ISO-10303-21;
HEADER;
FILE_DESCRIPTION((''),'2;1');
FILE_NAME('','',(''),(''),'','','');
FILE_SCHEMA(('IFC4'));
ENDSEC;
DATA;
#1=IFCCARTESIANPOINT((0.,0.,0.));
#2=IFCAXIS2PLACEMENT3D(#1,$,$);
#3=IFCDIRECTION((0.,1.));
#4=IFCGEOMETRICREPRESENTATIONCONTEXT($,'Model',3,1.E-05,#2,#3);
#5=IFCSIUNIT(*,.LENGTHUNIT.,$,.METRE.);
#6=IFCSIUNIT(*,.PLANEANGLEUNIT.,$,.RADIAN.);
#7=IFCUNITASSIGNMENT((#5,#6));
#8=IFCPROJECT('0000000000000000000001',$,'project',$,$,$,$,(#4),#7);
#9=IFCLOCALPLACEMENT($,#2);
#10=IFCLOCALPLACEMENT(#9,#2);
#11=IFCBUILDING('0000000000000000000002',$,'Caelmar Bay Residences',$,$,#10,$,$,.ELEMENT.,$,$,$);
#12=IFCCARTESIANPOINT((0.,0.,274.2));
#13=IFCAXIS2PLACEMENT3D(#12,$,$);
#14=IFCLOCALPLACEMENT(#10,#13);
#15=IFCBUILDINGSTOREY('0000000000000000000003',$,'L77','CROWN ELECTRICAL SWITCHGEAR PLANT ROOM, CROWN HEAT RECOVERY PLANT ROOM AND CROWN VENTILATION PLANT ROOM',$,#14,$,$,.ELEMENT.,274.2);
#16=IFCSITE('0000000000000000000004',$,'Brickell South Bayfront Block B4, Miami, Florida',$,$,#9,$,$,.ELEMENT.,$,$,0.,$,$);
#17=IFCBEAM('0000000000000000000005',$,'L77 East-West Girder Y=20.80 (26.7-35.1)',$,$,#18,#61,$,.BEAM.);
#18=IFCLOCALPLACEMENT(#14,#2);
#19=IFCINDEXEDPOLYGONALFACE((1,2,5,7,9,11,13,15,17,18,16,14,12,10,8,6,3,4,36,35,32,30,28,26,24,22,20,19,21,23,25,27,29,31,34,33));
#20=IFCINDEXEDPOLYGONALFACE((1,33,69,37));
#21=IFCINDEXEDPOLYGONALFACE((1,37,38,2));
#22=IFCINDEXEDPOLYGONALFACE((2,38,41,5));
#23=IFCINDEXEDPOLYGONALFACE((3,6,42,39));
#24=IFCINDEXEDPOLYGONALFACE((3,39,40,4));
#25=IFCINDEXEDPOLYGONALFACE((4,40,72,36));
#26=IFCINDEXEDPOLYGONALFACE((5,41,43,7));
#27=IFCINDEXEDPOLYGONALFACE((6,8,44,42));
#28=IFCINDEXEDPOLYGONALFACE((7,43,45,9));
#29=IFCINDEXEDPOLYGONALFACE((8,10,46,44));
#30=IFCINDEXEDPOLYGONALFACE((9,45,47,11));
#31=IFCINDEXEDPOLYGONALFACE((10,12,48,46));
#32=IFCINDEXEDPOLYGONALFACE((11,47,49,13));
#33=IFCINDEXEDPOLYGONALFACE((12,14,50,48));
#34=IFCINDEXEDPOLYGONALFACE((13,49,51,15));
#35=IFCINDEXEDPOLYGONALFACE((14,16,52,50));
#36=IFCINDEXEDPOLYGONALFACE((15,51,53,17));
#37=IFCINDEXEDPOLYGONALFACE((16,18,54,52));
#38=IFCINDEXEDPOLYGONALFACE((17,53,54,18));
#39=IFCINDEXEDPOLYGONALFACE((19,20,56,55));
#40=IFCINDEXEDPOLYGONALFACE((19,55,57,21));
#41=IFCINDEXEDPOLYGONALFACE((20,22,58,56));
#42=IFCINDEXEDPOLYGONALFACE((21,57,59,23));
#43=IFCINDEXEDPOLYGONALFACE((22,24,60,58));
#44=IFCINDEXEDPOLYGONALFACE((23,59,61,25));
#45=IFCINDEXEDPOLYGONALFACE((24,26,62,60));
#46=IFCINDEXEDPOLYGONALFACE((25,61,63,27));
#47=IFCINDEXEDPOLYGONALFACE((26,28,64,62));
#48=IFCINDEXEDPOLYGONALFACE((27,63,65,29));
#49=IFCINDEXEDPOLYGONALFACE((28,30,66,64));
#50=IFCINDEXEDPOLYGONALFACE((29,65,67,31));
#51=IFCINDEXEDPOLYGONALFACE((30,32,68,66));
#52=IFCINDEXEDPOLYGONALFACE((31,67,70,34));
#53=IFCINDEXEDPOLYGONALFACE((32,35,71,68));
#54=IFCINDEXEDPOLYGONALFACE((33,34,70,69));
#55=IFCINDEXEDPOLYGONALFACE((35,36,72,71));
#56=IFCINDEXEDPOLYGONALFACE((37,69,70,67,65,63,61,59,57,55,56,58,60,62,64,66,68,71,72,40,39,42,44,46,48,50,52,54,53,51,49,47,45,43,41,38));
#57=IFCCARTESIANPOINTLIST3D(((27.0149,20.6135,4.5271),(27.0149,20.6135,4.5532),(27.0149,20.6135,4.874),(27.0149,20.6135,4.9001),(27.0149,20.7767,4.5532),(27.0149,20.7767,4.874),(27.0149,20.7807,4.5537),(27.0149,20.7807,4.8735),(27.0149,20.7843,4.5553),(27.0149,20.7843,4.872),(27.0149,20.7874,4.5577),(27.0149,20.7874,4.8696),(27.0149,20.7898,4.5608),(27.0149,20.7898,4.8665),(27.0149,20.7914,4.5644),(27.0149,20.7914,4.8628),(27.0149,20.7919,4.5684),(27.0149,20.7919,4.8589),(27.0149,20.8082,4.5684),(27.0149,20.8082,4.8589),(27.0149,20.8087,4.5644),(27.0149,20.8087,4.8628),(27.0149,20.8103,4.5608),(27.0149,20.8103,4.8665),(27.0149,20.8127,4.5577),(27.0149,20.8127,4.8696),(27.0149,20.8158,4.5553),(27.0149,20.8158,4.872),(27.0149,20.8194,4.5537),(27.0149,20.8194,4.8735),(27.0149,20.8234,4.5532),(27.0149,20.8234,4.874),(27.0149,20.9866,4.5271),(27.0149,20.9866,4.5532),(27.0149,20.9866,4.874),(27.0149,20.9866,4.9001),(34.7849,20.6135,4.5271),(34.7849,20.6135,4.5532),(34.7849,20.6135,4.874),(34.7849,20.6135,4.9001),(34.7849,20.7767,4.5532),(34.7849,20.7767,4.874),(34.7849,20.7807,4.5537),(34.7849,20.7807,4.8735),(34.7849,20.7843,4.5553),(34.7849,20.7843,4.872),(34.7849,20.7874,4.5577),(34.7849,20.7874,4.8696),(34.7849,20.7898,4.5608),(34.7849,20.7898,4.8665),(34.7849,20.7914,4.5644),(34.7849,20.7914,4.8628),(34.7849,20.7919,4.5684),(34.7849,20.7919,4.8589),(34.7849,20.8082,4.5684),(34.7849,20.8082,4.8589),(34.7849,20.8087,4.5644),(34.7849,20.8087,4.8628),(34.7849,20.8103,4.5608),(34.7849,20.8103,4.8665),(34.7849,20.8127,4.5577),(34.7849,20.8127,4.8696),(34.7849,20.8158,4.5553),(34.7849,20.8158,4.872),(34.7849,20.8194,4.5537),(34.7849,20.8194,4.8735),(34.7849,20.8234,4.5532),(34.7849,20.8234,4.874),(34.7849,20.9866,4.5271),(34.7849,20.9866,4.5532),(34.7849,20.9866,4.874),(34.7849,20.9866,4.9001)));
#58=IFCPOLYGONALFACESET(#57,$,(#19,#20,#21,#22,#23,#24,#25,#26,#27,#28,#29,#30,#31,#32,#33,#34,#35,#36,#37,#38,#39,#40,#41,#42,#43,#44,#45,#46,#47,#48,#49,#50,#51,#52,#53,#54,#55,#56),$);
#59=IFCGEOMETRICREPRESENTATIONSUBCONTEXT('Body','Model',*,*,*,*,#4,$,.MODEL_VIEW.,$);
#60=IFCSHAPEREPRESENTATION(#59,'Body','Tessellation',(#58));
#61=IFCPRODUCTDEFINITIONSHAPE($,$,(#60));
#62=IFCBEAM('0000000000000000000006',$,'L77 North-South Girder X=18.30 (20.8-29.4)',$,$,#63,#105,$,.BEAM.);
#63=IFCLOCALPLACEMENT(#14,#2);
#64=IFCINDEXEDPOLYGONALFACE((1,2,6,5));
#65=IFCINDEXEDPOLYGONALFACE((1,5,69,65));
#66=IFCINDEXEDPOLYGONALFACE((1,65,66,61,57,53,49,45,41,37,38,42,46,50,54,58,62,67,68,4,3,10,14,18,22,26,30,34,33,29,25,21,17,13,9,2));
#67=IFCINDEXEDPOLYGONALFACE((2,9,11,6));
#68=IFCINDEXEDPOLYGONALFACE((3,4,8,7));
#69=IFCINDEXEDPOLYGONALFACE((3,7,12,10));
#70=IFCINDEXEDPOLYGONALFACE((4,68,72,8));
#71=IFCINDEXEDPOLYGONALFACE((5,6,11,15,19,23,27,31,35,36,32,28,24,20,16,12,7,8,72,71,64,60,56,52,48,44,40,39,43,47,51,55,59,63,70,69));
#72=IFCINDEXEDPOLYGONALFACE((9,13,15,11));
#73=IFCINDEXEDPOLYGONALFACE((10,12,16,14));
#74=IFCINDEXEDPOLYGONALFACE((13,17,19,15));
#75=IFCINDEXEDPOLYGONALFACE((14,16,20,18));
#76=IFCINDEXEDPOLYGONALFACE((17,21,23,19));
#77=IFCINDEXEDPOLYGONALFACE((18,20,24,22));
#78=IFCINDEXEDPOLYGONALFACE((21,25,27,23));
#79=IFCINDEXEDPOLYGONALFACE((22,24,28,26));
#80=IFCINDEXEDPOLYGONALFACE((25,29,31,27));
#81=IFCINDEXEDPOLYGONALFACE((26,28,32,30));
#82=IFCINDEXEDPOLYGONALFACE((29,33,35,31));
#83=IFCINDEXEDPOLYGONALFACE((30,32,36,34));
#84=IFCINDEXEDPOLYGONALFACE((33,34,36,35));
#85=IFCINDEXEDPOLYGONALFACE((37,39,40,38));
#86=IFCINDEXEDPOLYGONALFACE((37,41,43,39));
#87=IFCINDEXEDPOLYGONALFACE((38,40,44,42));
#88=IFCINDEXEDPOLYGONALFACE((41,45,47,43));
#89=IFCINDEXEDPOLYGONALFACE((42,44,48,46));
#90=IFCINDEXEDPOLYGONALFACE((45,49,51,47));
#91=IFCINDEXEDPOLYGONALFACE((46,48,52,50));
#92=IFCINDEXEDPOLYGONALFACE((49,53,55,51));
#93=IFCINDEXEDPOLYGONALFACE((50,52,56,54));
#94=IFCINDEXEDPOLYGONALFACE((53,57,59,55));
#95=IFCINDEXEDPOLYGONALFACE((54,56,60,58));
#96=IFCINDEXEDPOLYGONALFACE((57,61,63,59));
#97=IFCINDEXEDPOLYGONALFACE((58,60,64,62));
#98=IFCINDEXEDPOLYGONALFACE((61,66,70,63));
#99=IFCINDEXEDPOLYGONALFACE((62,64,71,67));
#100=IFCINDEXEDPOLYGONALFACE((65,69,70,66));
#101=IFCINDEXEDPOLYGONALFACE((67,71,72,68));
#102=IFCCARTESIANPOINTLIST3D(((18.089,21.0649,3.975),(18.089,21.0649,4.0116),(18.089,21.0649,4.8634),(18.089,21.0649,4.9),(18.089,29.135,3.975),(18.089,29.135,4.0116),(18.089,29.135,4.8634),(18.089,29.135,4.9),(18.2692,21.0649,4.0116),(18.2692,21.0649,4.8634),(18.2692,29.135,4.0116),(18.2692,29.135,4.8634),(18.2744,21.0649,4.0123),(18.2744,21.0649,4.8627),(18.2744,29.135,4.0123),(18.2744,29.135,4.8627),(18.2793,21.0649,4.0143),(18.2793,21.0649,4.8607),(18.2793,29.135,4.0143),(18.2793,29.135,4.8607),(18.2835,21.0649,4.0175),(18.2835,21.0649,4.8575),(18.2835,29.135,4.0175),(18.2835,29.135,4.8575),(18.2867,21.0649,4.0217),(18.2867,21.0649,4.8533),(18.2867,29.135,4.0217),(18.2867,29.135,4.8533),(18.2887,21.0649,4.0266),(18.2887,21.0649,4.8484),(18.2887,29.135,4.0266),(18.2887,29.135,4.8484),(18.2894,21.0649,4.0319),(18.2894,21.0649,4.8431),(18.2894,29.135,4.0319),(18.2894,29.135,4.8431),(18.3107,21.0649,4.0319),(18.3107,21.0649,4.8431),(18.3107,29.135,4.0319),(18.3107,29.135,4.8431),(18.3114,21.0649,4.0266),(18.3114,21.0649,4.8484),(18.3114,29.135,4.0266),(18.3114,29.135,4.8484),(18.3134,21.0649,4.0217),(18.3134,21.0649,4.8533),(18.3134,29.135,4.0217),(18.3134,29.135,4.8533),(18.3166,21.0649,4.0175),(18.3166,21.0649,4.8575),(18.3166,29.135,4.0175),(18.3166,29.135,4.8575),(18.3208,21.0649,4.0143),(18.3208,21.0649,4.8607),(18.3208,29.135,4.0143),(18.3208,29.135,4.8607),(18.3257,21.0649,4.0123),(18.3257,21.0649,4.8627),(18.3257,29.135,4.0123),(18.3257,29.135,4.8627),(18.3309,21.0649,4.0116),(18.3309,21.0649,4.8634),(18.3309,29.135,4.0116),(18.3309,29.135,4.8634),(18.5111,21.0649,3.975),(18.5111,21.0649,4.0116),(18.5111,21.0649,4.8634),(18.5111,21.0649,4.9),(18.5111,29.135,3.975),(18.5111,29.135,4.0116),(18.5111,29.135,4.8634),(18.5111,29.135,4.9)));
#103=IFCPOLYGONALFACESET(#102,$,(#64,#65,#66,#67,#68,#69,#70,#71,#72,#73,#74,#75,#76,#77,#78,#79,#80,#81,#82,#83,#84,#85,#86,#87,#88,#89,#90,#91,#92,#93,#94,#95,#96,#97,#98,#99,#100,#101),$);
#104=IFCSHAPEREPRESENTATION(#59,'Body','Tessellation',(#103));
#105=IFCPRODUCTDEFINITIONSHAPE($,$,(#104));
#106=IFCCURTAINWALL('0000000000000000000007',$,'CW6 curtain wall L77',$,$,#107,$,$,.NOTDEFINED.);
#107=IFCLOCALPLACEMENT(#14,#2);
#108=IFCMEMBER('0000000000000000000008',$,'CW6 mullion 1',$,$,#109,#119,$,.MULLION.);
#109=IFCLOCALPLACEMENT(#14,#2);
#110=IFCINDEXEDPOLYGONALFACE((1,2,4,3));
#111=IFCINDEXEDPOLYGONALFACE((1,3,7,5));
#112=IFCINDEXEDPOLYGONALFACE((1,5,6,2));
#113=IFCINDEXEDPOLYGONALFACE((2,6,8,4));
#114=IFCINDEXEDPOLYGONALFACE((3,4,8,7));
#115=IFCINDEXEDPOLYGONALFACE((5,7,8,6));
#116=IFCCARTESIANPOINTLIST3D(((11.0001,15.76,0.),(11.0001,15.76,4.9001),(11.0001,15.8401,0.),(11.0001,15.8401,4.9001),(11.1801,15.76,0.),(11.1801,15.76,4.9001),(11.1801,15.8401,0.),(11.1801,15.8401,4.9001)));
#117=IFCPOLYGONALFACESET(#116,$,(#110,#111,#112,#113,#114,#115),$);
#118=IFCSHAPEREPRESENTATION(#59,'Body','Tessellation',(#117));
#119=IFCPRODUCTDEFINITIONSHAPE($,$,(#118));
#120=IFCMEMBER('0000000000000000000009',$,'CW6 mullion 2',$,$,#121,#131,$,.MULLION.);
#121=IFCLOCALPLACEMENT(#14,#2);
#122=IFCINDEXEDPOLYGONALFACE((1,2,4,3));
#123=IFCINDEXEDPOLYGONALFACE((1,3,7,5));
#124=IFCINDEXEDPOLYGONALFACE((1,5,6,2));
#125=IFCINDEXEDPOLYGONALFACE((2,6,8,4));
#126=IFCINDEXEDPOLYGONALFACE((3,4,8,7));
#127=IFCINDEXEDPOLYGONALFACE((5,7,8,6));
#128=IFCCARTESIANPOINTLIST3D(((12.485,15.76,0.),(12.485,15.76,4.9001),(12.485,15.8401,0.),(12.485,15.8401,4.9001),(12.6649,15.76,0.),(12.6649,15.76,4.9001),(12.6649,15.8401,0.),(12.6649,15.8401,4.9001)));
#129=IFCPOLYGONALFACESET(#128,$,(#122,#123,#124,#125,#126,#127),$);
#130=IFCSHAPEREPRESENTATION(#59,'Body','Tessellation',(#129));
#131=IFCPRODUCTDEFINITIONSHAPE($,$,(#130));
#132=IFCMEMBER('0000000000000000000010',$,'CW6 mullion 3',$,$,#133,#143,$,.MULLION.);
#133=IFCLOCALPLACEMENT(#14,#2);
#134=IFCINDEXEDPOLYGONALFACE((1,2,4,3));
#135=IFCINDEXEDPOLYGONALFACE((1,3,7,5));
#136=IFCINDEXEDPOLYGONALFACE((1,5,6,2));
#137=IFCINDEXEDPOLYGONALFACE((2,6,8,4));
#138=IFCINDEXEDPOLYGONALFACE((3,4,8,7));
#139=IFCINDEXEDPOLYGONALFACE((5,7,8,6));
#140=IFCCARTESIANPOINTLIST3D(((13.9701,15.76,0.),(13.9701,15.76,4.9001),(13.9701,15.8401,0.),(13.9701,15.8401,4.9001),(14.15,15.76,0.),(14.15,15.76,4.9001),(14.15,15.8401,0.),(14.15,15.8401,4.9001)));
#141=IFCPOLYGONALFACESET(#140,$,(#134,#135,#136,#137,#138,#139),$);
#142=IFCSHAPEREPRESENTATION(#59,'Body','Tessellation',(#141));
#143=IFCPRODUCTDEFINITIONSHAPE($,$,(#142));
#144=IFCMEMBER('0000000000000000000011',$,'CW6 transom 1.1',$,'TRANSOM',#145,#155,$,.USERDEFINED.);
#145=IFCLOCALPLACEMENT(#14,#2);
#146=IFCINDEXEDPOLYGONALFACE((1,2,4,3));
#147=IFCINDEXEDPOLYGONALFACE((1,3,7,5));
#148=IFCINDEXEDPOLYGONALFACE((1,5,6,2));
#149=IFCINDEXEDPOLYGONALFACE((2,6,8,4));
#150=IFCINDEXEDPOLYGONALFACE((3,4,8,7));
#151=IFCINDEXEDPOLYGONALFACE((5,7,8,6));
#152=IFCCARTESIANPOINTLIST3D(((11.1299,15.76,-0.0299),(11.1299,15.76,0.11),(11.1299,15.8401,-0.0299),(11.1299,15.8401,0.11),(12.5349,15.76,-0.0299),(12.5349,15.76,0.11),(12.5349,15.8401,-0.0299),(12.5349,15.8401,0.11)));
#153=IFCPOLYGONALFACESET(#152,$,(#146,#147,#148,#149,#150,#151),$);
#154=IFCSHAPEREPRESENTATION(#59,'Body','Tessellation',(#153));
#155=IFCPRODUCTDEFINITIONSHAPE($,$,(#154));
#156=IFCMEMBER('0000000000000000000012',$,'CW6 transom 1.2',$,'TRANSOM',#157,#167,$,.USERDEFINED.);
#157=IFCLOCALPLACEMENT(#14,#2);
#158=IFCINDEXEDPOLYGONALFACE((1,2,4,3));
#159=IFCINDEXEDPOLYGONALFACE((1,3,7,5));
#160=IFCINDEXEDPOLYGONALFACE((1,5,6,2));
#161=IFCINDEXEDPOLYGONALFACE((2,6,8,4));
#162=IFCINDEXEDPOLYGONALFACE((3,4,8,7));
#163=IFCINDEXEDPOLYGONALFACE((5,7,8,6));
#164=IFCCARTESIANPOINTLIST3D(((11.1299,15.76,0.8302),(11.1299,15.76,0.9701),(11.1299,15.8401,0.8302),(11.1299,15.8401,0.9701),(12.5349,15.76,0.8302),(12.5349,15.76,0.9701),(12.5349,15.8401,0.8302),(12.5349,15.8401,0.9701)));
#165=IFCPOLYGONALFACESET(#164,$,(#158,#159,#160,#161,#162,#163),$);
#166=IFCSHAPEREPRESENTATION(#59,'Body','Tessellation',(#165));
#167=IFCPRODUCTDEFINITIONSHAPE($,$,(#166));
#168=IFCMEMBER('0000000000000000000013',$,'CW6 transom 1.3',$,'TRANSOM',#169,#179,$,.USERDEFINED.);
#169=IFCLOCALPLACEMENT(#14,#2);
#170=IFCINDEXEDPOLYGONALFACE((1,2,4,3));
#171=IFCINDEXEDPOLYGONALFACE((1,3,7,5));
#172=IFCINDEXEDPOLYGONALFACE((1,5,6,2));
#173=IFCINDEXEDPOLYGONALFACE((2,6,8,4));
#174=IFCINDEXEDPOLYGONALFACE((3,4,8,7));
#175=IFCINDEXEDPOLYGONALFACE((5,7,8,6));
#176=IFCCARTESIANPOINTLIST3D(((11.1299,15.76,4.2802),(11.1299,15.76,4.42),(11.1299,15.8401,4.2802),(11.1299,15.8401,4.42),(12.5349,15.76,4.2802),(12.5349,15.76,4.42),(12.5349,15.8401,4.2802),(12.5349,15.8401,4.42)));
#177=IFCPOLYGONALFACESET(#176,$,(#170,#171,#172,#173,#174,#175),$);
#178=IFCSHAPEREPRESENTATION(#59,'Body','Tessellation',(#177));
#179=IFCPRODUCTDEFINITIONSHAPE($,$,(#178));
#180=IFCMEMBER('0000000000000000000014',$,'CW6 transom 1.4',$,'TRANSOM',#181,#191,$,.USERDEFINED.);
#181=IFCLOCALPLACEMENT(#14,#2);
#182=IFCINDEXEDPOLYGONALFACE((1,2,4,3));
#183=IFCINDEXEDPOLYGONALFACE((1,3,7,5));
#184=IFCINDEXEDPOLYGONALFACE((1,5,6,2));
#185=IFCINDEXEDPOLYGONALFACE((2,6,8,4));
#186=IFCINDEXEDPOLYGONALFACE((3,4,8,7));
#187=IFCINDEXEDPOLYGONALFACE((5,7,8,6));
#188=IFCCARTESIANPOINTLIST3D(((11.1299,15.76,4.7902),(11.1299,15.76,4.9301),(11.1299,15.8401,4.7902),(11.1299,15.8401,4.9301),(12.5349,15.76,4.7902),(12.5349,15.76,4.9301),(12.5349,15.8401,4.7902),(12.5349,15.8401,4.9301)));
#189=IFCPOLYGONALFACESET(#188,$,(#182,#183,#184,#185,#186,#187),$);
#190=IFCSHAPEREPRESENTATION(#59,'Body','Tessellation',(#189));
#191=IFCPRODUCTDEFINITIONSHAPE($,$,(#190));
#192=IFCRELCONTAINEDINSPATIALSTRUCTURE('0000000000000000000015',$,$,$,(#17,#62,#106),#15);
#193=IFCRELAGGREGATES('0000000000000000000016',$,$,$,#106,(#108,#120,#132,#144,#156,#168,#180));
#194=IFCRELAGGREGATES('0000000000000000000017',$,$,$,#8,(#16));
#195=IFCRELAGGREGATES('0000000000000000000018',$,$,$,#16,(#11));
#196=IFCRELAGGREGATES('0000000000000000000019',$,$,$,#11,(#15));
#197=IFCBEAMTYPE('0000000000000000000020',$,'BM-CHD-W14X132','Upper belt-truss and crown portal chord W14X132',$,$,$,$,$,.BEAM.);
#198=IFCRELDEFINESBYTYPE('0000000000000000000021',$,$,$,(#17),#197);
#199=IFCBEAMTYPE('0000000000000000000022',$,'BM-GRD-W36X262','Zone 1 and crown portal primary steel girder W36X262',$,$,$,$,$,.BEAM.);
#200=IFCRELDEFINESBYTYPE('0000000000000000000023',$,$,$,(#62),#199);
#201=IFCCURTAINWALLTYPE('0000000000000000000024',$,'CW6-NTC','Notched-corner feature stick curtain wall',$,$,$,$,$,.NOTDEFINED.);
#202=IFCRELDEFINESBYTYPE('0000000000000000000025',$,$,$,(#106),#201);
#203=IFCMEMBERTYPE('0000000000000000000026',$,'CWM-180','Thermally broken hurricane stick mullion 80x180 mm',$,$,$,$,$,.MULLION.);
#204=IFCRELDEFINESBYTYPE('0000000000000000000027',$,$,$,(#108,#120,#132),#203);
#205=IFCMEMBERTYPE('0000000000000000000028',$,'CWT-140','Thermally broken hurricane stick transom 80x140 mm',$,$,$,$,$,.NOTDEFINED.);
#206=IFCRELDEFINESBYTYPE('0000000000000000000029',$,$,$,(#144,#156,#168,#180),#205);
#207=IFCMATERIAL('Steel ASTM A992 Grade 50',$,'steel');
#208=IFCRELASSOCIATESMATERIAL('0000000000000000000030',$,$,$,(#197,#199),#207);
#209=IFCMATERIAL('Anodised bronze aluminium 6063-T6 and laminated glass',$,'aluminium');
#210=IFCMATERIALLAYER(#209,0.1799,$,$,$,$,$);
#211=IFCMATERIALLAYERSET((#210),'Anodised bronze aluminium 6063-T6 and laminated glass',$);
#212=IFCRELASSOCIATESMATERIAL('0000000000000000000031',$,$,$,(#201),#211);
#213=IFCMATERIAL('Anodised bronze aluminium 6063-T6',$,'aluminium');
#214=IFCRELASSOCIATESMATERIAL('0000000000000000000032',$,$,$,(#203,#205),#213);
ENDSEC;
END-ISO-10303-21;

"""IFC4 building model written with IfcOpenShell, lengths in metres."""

from ifc_helpers import new_model, si_unit, direction, frame, origin, origin_2d, place, context, subcontext, project, spatial, rectangle, i_section, extrude, material, layer, layer_set, material_profile, profile_set, type_object, element, aggregate, save


model = new_model("IFC4")

# Units and contexts
model_context = context("Model", 3, precision=1e-05, world=origin(), true_north=direction((0.0, 1.0)))
body_context = subcontext(model_context, "Body", "Model", "MODEL_VIEW")
ifc_project = project(units=[si_unit("LENGTHUNIT", "METRE"), si_unit("PLANEANGLEUNIT", "RADIAN")], contexts=[model_context])

# Site, building, storey
site_placement = place(None, origin())
site = spatial("IfcSite", under=ifc_project, at=site_placement, Name="Brickell South Bayfront Block B4, Miami, Florida", CompositionType="ELEMENT", RefElevation=0.0)
building_placement = place(site_placement, origin())
building = spatial("IfcBuilding", under=site, at=building_placement, Name="Caelmar Bay Residences", CompositionType="ELEMENT")
storey_placement = place(building_placement, frame((0.0, 0.0, 274.2)))
storey = spatial("IfcBuildingStorey", under=building, at=storey_placement, Name="L77", Description="CROWN ELECTRICAL SWITCHGEAR PLANT ROOM, CROWN HEAT RECOVERY PLANT ROOM AND CROWN VENTILATION PLANT ROOM", CompositionType="ELEMENT", Elevation=274.2)

# Beams
ifc_material_1 = material(Name="Steel ASTM A992 Grade 50", Category="steel")
ifc_material_profile_1 = material_profile(ifc_material_1, i_section(OverallWidth=0.373, OverallDepth=0.373, WebThickness=0.0164, FlangeThickness=0.0261, FilletRadius=0.0151, at=origin_2d()), Name="W14X132")
ifc_profile_set_1 = profile_set([ifc_material_profile_1], Name="Steel ASTM A992 Grade 50")
beam_type_1 = type_object("IfcBeamType", Name="BM-CHD-W14X132", Description="Upper belt-truss and crown portal chord W14X132", PredefinedType="BEAM", material=ifc_profile_set_1)
for number, where, z_axis, x_axis, name in (
    (1, (27.0149, 20.8, 4.7136), (1.0, 0.0, 0.0), (0.0, 1.0, 0.0), "L77 East-West Girder Y=20.80 (26.7-35.1)"),
):
    element("IfcBeam", number, at=place(storey_placement, frame(where, z_axis=z_axis, x_axis=x_axis)), inside=storey, type_object=beam_type_1, Name=name, PredefinedType="BEAM", context=body_context, shape_type="SweptSolid", body=[
        extrude(i_section(OverallWidth=0.373, OverallDepth=0.373, WebThickness=0.0164, FlangeThickness=0.0261, FilletRadius=0.0151, at=origin_2d()), origin(), (0.0, 0.0, 1.0), 7.77),
    ])
ifc_material_profile_2 = material_profile(ifc_material_1, i_section(OverallWidth=0.4221, OverallDepth=0.925, WebThickness=0.0212, FlangeThickness=0.0366, FilletRadius=0.0203, at=origin_2d()), Name="W36X262")
ifc_profile_set_2 = profile_set([ifc_material_profile_2], Name="Steel ASTM A992 Grade 50")
beam_type_2 = type_object("IfcBeamType", Name="BM-GRD-W36X262", Description="Zone 1 and crown portal primary steel girder W36X262", PredefinedType="BEAM", material=ifc_profile_set_2)
beam_placement = place(storey_placement, frame((18.3, 21.0649, 4.4375), z_axis=(0.0, 1.0, 0.0), x_axis=(-1.0, 0.0, 0.0)))
element("IfcBeam", 2, at=beam_placement, inside=storey, type_object=beam_type_2, Name="L77 North-South Girder X=18.30 (20.8-29.4)", PredefinedType="BEAM", context=body_context, shape_type="SweptSolid", body=[
    extrude(i_section(OverallWidth=0.4221, OverallDepth=0.925, WebThickness=0.0212, FlangeThickness=0.0366, FilletRadius=0.0203, at=origin_2d()), origin(), (0.0, 0.0, 1.0), 8.0701),
])

# Curtain wall, members
ifc_material_2 = material(Name="Anodised bronze aluminium 6063-T6 and laminated glass", Category="aluminium")
ifc_layer_1 = layer(ifc_material_2, 0.1799)
ifc_layer_set_1 = layer_set([ifc_layer_1], Name="Anodised bronze aluminium 6063-T6 and laminated glass")
curtain_wall_type_1 = type_object("IfcCurtainWallType", Name="CW6-NTC", Description="Notched-corner feature stick curtain wall", PredefinedType="NOTDEFINED", material=ifc_layer_set_1)
curtain_wall_1_placement = place(storey_placement, origin())
curtain_wall_1 = element("IfcCurtainWall", 3, at=curtain_wall_1_placement, inside=storey, type_object=curtain_wall_type_1, Name="CW6 curtain wall L77", PredefinedType="NOTDEFINED")
ifc_material_3 = material(Name="Anodised bronze aluminium 6063-T6", Category="aluminium")
ifc_material_profile_3 = material_profile(ifc_material_3, rectangle(XDim=0.0801, YDim=0.1799, at=origin_2d()), Name="CWM-80X180")
ifc_profile_set_3 = profile_set([ifc_material_profile_3], Name="Anodised bronze aluminium 6063-T6")
member_type_1 = type_object("IfcMemberType", Name="CWM-180", Description="Thermally broken hurricane stick mullion 80x180 mm", PredefinedType="MULLION", material=ifc_profile_set_3)
member_1_placement = place(storey_placement, frame((11.0901, 15.8, 0.0), z_axis=(0.0, 0.0, 1.0), x_axis=(0.0, 1.0, 0.0)))
member_1 = element("IfcMember", 4, at=member_1_placement, type_object=member_type_1, Name="CW6 mullion 1", PredefinedType="MULLION", context=body_context, shape_type="SweptSolid", body=[
    extrude(rectangle(XDim=0.0801, YDim=0.1799, at=origin_2d()), origin(), (0.0, 0.0, 1.0), 4.9001),
])
member_2_placement = place(storey_placement, frame((12.575, 15.8, 0.0), z_axis=(0.0, 0.0, 1.0), x_axis=(0.0, 1.0, 0.0)))
member_2 = element("IfcMember", 5, at=member_2_placement, type_object=member_type_1, Name="CW6 mullion 2", PredefinedType="MULLION", context=body_context, shape_type="SweptSolid", body=[
    extrude(rectangle(XDim=0.0801, YDim=0.1799, at=origin_2d()), origin(), (0.0, 0.0, 1.0), 4.9001),
])
member_3_placement = place(storey_placement, frame((14.0601, 15.8, 0.0), z_axis=(0.0, 0.0, 1.0), x_axis=(0.0, 1.0, 0.0)))
member_3 = element("IfcMember", 6, at=member_3_placement, type_object=member_type_1, Name="CW6 mullion 3", PredefinedType="MULLION", context=body_context, shape_type="SweptSolid", body=[
    extrude(rectangle(XDim=0.0801, YDim=0.1799, at=origin_2d()), origin(), (0.0, 0.0, 1.0), 4.9001),
])
ifc_material_profile_4 = material_profile(ifc_material_3, rectangle(XDim=0.0801, YDim=0.1399, at=origin_2d()), Name="CWT-80X140")
ifc_profile_set_4 = profile_set([ifc_material_profile_4], Name="Anodised bronze aluminium 6063-T6")
member_type_2 = type_object("IfcMemberType", Name="CWT-140", Description="Thermally broken hurricane stick transom 80x140 mm", PredefinedType="NOTDEFINED", material=ifc_profile_set_4)
member_4_placement = place(storey_placement, frame((11.1299, 15.8, 0.04), z_axis=(1.0, 0.0, 0.0), x_axis=(0.0, 1.0, 0.0)))
member_4 = element("IfcMember", 7, at=member_4_placement, type_object=member_type_2, Name="CW6 transom 1.1", ObjectType="TRANSOM", PredefinedType="USERDEFINED", context=body_context, shape_type="SweptSolid", body=[
    extrude(rectangle(XDim=0.0801, YDim=0.1399, at=origin_2d()), origin(), (0.0, 0.0, 1.0), 1.405),
])
member_5_placement = place(storey_placement, frame((11.1299, 15.8, 0.9001), z_axis=(1.0, 0.0, 0.0), x_axis=(0.0, 1.0, 0.0)))
member_5 = element("IfcMember", 8, at=member_5_placement, type_object=member_type_2, Name="CW6 transom 1.2", ObjectType="TRANSOM", PredefinedType="USERDEFINED", context=body_context, shape_type="SweptSolid", body=[
    extrude(rectangle(XDim=0.0801, YDim=0.1399, at=origin_2d()), origin(), (0.0, 0.0, 1.0), 1.405),
])
member_6_placement = place(storey_placement, frame((11.1299, 15.8, 4.3501), z_axis=(1.0, 0.0, 0.0), x_axis=(0.0, 1.0, 0.0)))
member_6 = element("IfcMember", 9, at=member_6_placement, type_object=member_type_2, Name="CW6 transom 1.3", ObjectType="TRANSOM", PredefinedType="USERDEFINED", context=body_context, shape_type="SweptSolid", body=[
    extrude(rectangle(XDim=0.0801, YDim=0.1399, at=origin_2d()), origin(), (0.0, 0.0, 1.0), 1.405),
])
member_7_placement = place(storey_placement, frame((11.1299, 15.8, 4.8601), z_axis=(1.0, 0.0, 0.0), x_axis=(0.0, 1.0, 0.0)))
member_7 = element("IfcMember", 10, at=member_7_placement, type_object=member_type_2, Name="CW6 transom 1.4", ObjectType="TRANSOM", PredefinedType="USERDEFINED", context=body_context, shape_type="SweptSolid", body=[
    extrude(rectangle(XDim=0.0801, YDim=0.1399, at=origin_2d()), origin(), (0.0, 0.0, 1.0), 1.405),
])

aggregate(curtain_wall_1, [member_1, member_2, member_3, member_4, member_5, member_6, member_7])

save(model, "model.ifc")
